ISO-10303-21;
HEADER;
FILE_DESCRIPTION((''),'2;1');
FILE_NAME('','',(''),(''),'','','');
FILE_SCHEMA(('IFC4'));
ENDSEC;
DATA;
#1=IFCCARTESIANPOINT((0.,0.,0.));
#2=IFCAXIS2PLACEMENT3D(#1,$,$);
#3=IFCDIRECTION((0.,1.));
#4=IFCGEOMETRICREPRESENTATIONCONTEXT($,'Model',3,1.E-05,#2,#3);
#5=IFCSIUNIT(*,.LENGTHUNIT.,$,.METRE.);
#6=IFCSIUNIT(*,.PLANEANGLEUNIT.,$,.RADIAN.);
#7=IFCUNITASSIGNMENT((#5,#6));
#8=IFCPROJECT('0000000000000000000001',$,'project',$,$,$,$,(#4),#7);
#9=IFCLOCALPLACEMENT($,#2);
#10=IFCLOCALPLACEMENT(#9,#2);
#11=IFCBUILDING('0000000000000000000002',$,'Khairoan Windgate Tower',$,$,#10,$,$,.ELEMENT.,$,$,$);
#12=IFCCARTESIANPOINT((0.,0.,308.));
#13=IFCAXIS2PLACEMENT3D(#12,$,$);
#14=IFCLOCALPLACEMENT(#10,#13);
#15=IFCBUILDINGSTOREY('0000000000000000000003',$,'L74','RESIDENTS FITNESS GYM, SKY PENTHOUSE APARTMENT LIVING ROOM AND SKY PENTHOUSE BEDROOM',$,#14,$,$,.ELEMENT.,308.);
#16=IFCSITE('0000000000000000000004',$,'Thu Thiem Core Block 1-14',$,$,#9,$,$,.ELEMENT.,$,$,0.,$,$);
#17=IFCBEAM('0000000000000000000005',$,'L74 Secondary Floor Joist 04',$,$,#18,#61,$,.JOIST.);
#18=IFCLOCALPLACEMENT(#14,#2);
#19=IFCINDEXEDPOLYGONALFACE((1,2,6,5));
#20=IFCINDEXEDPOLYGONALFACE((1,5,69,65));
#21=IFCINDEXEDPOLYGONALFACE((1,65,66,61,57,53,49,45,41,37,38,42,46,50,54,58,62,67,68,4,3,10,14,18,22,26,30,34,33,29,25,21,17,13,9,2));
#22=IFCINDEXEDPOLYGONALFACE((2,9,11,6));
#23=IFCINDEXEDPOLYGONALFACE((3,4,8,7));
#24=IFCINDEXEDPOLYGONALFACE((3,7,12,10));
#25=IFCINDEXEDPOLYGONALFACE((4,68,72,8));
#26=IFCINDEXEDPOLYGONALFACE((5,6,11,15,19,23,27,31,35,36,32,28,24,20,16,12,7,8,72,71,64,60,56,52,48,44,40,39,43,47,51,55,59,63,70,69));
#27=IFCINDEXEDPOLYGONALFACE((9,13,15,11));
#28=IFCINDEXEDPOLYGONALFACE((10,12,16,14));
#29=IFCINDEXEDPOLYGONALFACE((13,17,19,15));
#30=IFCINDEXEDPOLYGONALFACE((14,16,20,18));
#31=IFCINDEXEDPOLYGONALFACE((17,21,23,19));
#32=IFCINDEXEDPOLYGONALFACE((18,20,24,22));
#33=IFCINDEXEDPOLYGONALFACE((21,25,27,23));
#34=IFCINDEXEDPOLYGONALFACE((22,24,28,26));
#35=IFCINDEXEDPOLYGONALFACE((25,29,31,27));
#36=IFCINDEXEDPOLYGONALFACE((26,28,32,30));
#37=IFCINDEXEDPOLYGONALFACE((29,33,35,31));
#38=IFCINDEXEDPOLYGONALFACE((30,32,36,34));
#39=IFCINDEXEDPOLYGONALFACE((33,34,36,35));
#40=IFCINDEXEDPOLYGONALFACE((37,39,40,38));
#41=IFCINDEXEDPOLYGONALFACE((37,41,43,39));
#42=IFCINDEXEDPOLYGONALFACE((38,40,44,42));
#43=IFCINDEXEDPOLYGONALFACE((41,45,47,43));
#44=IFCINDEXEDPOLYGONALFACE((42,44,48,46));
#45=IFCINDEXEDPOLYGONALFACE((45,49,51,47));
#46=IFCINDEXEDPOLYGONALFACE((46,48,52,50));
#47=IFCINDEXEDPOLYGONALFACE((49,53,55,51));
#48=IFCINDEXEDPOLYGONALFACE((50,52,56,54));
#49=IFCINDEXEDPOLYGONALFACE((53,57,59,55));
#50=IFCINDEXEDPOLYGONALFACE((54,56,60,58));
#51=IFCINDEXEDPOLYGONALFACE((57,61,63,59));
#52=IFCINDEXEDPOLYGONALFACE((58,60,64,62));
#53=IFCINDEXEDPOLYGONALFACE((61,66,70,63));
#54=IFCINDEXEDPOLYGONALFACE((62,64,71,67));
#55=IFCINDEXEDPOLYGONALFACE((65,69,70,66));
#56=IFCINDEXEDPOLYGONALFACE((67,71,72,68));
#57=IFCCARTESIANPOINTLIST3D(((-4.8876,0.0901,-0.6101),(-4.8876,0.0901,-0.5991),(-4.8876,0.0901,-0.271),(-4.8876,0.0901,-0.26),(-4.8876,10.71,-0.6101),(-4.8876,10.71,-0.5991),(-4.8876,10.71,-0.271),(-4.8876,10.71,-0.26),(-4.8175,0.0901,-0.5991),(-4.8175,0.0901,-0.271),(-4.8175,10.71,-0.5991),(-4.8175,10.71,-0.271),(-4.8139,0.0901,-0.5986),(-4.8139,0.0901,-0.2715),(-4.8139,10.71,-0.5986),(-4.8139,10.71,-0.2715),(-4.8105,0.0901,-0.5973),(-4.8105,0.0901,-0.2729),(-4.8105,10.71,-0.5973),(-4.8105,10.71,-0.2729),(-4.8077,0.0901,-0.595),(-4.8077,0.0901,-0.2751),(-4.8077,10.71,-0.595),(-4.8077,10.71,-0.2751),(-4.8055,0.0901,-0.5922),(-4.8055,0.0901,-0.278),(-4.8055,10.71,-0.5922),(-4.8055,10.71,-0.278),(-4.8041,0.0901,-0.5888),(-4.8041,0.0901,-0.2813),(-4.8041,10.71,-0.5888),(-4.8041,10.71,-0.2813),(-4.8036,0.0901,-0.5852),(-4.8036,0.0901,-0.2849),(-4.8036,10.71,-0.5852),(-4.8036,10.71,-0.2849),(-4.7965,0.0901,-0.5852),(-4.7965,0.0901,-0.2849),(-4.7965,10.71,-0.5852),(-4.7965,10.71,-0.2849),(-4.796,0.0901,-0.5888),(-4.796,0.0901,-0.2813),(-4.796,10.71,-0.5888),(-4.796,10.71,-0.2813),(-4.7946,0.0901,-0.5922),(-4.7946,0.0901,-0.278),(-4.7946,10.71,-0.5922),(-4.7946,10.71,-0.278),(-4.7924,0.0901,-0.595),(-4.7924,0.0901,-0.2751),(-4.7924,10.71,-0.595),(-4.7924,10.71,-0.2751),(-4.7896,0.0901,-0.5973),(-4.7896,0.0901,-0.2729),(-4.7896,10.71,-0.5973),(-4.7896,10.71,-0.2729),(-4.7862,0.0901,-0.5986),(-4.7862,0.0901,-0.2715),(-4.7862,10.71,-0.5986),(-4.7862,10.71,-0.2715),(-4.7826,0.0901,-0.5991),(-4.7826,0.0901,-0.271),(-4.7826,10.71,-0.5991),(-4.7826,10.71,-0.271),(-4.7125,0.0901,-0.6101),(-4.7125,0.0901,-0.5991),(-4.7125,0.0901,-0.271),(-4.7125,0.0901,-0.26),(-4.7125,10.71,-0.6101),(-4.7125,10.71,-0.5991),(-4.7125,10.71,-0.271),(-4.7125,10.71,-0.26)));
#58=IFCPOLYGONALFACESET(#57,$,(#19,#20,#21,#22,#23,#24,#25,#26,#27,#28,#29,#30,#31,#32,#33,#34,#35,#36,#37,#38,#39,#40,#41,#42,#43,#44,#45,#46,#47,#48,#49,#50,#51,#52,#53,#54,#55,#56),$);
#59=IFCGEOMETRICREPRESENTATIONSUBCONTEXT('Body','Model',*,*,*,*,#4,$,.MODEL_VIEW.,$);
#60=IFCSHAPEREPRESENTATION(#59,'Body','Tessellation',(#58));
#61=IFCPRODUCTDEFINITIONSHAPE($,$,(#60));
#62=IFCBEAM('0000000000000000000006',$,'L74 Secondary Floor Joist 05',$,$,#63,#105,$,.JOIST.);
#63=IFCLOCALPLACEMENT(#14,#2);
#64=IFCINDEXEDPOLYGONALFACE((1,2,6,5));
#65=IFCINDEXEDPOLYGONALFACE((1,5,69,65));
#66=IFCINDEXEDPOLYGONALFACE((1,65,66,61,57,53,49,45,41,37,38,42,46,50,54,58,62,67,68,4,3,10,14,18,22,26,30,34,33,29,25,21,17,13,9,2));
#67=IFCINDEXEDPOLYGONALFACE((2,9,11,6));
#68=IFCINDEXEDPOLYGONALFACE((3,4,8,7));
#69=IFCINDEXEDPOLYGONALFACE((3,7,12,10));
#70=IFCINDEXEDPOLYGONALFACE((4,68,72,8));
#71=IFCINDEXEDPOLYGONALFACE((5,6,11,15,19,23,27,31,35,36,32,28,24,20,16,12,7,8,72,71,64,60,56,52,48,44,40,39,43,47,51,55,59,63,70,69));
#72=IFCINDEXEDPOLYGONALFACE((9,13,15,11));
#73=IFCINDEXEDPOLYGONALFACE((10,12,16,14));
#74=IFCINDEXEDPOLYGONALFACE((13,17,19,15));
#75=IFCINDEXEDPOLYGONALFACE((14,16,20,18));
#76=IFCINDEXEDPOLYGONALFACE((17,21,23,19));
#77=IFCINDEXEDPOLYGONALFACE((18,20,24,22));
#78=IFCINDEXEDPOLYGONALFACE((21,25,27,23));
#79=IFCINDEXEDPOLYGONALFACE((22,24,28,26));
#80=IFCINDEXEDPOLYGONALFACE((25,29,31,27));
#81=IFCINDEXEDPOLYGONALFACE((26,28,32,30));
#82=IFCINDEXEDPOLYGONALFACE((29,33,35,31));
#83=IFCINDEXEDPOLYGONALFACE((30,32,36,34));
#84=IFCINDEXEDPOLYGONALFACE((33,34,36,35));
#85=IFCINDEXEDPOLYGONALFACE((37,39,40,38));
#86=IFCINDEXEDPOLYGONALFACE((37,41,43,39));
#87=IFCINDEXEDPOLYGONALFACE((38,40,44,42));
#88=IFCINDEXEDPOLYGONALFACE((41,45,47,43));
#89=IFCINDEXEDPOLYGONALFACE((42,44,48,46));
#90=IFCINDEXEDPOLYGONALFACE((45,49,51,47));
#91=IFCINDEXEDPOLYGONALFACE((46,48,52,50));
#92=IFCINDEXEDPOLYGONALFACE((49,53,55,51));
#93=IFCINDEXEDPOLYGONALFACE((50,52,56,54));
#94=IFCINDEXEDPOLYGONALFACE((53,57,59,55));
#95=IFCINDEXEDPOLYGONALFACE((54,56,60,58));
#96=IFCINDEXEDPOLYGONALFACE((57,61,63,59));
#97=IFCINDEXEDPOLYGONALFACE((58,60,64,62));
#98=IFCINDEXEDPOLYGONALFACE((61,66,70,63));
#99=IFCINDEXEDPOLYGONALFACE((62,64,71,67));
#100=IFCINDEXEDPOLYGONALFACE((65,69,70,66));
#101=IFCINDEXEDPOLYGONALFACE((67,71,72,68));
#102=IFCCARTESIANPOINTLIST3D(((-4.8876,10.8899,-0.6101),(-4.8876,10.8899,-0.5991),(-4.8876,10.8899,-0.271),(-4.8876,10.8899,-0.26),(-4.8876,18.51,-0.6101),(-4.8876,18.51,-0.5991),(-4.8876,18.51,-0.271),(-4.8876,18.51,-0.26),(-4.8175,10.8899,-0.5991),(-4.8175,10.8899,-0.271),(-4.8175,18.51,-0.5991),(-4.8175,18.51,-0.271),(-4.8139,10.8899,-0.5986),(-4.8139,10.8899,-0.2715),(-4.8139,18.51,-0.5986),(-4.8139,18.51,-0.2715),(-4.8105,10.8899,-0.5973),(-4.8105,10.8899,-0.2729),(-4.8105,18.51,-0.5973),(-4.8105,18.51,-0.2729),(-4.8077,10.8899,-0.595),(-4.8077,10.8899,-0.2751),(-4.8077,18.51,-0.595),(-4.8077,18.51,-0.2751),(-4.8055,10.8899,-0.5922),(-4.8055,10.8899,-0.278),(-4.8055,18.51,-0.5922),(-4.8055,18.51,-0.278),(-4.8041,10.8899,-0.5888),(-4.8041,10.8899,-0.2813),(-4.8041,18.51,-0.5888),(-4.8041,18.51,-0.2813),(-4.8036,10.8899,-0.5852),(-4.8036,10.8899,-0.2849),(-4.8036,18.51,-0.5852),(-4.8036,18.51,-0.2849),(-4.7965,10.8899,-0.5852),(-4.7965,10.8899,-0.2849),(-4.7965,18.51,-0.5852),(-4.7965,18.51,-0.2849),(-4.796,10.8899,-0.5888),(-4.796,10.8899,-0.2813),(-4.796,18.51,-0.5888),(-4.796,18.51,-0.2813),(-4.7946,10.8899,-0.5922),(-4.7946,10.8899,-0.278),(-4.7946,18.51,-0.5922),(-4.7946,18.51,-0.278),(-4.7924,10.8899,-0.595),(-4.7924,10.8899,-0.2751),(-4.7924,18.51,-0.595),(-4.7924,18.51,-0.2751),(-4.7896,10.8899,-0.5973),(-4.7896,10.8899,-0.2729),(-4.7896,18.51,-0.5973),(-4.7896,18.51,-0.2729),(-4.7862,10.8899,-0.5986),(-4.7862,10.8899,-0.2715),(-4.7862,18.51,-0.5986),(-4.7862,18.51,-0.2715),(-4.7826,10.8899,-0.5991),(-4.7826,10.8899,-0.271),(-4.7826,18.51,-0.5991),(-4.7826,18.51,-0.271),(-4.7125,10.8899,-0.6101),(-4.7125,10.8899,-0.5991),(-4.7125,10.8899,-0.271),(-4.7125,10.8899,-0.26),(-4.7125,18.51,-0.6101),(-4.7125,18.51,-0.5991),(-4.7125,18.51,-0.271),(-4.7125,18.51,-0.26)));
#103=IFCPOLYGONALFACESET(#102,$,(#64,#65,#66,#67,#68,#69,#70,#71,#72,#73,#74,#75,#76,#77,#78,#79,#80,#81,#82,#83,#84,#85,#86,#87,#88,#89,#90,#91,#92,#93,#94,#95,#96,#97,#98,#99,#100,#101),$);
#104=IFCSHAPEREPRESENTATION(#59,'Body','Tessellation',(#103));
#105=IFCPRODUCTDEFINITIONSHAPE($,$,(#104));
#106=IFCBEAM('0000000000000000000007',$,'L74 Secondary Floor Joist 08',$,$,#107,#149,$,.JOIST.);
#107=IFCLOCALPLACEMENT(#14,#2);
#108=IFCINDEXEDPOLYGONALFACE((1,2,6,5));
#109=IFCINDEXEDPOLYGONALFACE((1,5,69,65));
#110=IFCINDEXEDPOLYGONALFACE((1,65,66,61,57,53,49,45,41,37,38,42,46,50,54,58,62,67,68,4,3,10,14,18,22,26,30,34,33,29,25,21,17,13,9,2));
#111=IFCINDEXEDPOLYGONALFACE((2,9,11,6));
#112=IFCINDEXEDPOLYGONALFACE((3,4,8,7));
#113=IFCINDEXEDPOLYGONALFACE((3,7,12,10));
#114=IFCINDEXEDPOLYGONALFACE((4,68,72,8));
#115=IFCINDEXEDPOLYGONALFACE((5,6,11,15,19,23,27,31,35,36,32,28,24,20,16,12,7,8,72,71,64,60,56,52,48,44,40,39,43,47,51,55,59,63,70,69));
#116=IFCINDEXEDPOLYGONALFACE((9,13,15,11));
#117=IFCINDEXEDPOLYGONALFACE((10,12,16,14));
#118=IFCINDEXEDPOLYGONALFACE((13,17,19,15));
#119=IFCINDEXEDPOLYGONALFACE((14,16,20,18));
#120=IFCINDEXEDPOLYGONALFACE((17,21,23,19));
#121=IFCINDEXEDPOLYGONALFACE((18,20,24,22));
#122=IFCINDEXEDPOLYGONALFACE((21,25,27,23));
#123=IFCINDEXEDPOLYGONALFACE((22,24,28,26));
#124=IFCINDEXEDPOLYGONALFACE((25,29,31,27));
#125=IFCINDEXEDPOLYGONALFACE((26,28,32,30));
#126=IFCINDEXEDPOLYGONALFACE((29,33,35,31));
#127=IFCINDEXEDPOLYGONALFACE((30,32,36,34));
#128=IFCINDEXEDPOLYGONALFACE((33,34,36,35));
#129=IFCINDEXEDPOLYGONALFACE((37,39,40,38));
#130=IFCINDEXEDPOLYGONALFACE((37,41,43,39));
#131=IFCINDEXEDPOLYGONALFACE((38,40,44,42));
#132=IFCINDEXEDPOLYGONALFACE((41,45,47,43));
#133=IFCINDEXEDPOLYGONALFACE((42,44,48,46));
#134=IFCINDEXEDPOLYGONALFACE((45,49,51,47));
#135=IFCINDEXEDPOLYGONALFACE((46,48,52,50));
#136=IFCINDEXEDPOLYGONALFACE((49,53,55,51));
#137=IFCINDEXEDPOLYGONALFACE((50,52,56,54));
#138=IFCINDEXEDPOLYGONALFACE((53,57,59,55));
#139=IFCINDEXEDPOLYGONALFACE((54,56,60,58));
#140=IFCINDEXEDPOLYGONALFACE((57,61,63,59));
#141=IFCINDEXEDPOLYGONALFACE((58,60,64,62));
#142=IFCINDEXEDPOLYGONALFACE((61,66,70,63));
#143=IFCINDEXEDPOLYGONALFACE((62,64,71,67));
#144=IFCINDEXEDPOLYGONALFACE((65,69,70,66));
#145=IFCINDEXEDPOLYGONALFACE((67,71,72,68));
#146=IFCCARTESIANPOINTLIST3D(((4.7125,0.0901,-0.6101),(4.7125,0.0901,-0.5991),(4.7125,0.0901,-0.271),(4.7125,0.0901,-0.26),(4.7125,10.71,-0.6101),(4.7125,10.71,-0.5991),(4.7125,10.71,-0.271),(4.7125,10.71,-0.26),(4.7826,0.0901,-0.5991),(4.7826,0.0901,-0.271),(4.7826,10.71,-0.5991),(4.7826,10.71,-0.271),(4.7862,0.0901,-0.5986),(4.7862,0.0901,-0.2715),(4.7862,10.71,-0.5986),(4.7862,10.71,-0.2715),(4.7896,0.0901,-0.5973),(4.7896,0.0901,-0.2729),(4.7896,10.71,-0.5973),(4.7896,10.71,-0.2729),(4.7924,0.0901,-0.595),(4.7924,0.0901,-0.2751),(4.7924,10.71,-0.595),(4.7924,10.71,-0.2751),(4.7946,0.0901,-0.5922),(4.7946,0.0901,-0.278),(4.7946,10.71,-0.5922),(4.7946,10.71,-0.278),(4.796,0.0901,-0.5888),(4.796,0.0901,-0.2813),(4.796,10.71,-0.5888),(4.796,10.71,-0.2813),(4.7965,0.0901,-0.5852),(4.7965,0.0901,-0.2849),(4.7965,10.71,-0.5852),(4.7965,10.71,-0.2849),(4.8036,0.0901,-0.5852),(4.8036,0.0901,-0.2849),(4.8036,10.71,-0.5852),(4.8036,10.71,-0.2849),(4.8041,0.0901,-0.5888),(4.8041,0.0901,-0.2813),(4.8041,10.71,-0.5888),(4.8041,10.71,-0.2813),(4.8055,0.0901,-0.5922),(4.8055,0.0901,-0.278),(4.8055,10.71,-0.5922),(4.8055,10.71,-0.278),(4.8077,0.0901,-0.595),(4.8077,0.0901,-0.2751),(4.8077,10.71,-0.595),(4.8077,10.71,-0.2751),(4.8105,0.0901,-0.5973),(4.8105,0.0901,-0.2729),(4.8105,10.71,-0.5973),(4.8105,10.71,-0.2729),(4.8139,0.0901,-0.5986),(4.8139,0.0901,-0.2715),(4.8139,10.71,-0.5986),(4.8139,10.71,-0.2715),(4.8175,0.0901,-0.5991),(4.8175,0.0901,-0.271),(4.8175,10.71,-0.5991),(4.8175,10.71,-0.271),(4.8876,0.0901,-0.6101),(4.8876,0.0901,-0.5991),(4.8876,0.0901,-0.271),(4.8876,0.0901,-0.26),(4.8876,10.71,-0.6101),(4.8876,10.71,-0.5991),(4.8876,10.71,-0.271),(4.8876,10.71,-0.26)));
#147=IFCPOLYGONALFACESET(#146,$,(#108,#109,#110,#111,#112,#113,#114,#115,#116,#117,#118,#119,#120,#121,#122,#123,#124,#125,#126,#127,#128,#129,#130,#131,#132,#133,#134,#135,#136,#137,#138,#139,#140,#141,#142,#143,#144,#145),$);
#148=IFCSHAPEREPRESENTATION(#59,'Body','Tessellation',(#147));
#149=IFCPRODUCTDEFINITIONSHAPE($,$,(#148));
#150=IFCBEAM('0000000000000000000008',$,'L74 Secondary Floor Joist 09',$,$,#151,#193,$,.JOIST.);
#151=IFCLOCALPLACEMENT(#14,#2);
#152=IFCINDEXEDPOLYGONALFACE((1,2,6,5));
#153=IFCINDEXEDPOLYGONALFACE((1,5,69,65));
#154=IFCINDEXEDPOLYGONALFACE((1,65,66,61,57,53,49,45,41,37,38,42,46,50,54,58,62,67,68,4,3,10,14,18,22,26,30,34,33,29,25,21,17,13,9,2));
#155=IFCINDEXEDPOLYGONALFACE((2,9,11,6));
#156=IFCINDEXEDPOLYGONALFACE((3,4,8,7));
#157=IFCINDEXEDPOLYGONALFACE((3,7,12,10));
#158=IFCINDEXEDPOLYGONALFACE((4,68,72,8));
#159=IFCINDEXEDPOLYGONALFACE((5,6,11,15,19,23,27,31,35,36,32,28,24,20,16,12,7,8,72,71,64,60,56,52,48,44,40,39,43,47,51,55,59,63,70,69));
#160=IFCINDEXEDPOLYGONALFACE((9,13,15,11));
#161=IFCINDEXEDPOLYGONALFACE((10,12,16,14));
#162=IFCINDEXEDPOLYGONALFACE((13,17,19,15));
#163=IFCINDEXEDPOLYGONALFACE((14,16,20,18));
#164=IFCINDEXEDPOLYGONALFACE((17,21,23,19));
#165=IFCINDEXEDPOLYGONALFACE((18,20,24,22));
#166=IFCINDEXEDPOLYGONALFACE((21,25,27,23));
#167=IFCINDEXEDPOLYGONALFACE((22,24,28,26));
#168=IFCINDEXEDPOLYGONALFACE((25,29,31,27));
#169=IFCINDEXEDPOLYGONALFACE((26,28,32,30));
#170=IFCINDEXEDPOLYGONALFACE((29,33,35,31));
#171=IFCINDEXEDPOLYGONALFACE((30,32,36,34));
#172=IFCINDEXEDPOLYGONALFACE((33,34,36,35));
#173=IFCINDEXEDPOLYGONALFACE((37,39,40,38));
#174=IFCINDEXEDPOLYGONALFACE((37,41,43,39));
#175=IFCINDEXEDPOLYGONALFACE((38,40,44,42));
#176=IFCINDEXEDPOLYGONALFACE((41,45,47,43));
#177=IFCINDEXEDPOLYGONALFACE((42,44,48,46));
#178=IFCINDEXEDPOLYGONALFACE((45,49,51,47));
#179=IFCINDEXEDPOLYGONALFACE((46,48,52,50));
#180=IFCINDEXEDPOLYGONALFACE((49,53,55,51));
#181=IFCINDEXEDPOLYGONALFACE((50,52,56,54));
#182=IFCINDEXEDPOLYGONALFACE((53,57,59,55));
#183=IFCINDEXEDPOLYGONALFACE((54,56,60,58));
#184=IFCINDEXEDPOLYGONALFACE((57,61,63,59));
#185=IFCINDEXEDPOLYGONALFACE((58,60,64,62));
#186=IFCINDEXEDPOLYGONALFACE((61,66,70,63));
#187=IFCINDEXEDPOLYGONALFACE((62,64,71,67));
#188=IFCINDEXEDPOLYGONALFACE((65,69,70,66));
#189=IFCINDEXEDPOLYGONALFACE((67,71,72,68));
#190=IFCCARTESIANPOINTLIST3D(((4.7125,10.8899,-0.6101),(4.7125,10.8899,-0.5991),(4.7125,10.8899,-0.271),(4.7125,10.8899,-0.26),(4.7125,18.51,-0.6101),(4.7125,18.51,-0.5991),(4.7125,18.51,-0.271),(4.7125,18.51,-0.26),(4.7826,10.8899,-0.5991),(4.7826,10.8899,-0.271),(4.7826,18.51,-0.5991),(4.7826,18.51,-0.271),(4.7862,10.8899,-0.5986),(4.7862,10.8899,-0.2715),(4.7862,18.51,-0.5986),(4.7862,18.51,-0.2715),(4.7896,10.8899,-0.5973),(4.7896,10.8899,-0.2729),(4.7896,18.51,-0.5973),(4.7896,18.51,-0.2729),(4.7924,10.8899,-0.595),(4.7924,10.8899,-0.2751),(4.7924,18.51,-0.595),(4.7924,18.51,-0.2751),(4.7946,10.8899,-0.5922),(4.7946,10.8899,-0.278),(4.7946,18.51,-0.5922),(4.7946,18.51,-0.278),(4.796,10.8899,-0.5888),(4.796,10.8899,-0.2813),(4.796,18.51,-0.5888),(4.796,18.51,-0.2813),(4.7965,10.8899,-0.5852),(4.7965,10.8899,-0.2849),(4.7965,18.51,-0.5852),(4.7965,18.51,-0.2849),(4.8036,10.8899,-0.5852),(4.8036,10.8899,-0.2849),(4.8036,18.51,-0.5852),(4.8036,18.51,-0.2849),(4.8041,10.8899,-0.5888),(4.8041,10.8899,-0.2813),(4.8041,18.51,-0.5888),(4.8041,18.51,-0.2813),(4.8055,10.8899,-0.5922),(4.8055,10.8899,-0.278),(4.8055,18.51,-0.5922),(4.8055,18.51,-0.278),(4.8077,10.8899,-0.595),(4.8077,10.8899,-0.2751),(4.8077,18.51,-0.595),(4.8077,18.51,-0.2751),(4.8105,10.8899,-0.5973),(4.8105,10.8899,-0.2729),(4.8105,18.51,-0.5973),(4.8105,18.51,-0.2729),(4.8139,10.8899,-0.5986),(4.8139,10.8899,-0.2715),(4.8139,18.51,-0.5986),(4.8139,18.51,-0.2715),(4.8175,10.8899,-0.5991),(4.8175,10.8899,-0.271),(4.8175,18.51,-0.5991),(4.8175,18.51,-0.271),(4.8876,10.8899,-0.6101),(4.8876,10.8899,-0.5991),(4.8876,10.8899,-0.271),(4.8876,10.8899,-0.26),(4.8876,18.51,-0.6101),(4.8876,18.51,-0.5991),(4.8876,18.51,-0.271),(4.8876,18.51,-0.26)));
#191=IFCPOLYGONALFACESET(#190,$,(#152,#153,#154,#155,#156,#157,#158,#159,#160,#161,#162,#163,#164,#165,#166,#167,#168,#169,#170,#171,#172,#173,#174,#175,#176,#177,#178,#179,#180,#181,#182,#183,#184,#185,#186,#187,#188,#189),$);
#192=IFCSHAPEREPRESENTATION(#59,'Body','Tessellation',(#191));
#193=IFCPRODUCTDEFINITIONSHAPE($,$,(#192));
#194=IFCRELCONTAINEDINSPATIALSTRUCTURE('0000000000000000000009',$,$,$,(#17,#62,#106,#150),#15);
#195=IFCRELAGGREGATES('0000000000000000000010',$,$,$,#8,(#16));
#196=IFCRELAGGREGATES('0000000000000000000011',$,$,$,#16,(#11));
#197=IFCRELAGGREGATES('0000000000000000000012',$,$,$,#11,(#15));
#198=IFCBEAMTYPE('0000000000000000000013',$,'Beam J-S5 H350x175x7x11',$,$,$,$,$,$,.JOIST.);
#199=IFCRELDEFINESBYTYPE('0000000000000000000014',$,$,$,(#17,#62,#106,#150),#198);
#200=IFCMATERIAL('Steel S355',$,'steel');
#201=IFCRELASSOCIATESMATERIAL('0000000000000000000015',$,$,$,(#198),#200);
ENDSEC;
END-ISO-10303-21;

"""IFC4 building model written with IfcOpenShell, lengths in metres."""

from ifc_helpers import new_model, si_unit, direction, frame, origin, origin_2d, place, context, subcontext, project, spatial, i_section, extrude, material, material_profile, profile_set, type_object, element, save


model = new_model("IFC4")

# Units and contexts
model_context = context("Model", 3, precision=1e-05, world=origin(), true_north=direction((0.0, 1.0)))
body_context = subcontext(model_context, "Body", "Model", "MODEL_VIEW")
ifc_project = project(units=[si_unit("LENGTHUNIT", "METRE"), si_unit("PLANEANGLEUNIT", "RADIAN")], contexts=[model_context])

# Site, building, storey
site_placement = place(None, origin())
site = spatial("IfcSite", under=ifc_project, at=site_placement, Name="Thu Thiem Core Block 1-14", CompositionType="ELEMENT", RefElevation=0.0)
building_placement = place(site_placement, origin())
building = spatial("IfcBuilding", under=site, at=building_placement, Name="Khairoan Windgate Tower", CompositionType="ELEMENT")
storey_placement = place(building_placement, frame((0.0, 0.0, 308.0)))
storey = spatial("IfcBuildingStorey", under=building, at=storey_placement, Name="L74", Description="RESIDENTS FITNESS GYM, SKY PENTHOUSE APARTMENT LIVING ROOM AND SKY PENTHOUSE BEDROOM", CompositionType="ELEMENT", Elevation=308.0)

# Beams
ifc_material_1 = material(Name="Steel S355", Category="steel")
ifc_material_profile = material_profile(ifc_material_1, i_section(OverallWidth=0.175, OverallDepth=0.3501, WebThickness=0.0071, FlangeThickness=0.011, FilletRadius=0.0139, at=origin_2d()))
ifc_profile_set = profile_set([ifc_material_profile], Name="Steel S355")
beam_type = type_object("IfcBeamType", Name="Beam J-S5 H350x175x7x11", PredefinedType="JOIST", material=ifc_profile_set)
beam_1_placement = place(storey_placement, frame((-4.8, 0.0901, -0.4351), z_axis=(0.0, 1.0, 0.0), x_axis=(-1.0, 0.0, 0.0)))
element("IfcBeam", 1, at=beam_1_placement, inside=storey, type_object=beam_type, Name="L74 Secondary Floor Joist 04", PredefinedType="JOIST", context=body_context, shape_type="SweptSolid", body=[
    extrude(i_section(OverallWidth=0.175, OverallDepth=0.3501, WebThickness=0.0071, FlangeThickness=0.011, FilletRadius=0.0139, at=origin_2d()), origin(), (0.0, 0.0, 1.0), 10.6199),
])
beam_2_placement = place(storey_placement, frame((-4.8, 10.8899, -0.4351), z_axis=(0.0, 1.0, 0.0), x_axis=(-1.0, 0.0, 0.0)))
element("IfcBeam", 2, at=beam_2_placement, inside=storey, type_object=beam_type, Name="L74 Secondary Floor Joist 05", PredefinedType="JOIST", context=body_context, shape_type="SweptSolid", body=[
    extrude(i_section(OverallWidth=0.175, OverallDepth=0.3501, WebThickness=0.0071, FlangeThickness=0.011, FilletRadius=0.0139, at=origin_2d()), origin(), (0.0, 0.0, 1.0), 7.6201),
])
beam_3_placement = place(storey_placement, frame((4.8, 0.0901, -0.4351), z_axis=(0.0, 1.0, 0.0), x_axis=(-1.0, 0.0, 0.0)))
element("IfcBeam", 3, at=beam_3_placement, inside=storey, type_object=beam_type, Name="L74 Secondary Floor Joist 08", PredefinedType="JOIST", context=body_context, shape_type="SweptSolid", body=[
    extrude(i_section(OverallWidth=0.175, OverallDepth=0.3501, WebThickness=0.0071, FlangeThickness=0.011, FilletRadius=0.0139, at=origin_2d()), origin(), (0.0, 0.0, 1.0), 10.6199),
])
beam_4_placement = place(storey_placement, frame((4.8, 10.8899, -0.4351), z_axis=(0.0, 1.0, 0.0), x_axis=(-1.0, 0.0, 0.0)))
element("IfcBeam", 4, at=beam_4_placement, inside=storey, type_object=beam_type, Name="L74 Secondary Floor Joist 09", PredefinedType="JOIST", context=body_context, shape_type="SweptSolid", body=[
    extrude(i_section(OverallWidth=0.175, OverallDepth=0.3501, WebThickness=0.0071, FlangeThickness=0.011, FilletRadius=0.0139, at=origin_2d()), origin(), (0.0, 0.0, 1.0), 7.6201),
])

save(model, "model.ifc")
